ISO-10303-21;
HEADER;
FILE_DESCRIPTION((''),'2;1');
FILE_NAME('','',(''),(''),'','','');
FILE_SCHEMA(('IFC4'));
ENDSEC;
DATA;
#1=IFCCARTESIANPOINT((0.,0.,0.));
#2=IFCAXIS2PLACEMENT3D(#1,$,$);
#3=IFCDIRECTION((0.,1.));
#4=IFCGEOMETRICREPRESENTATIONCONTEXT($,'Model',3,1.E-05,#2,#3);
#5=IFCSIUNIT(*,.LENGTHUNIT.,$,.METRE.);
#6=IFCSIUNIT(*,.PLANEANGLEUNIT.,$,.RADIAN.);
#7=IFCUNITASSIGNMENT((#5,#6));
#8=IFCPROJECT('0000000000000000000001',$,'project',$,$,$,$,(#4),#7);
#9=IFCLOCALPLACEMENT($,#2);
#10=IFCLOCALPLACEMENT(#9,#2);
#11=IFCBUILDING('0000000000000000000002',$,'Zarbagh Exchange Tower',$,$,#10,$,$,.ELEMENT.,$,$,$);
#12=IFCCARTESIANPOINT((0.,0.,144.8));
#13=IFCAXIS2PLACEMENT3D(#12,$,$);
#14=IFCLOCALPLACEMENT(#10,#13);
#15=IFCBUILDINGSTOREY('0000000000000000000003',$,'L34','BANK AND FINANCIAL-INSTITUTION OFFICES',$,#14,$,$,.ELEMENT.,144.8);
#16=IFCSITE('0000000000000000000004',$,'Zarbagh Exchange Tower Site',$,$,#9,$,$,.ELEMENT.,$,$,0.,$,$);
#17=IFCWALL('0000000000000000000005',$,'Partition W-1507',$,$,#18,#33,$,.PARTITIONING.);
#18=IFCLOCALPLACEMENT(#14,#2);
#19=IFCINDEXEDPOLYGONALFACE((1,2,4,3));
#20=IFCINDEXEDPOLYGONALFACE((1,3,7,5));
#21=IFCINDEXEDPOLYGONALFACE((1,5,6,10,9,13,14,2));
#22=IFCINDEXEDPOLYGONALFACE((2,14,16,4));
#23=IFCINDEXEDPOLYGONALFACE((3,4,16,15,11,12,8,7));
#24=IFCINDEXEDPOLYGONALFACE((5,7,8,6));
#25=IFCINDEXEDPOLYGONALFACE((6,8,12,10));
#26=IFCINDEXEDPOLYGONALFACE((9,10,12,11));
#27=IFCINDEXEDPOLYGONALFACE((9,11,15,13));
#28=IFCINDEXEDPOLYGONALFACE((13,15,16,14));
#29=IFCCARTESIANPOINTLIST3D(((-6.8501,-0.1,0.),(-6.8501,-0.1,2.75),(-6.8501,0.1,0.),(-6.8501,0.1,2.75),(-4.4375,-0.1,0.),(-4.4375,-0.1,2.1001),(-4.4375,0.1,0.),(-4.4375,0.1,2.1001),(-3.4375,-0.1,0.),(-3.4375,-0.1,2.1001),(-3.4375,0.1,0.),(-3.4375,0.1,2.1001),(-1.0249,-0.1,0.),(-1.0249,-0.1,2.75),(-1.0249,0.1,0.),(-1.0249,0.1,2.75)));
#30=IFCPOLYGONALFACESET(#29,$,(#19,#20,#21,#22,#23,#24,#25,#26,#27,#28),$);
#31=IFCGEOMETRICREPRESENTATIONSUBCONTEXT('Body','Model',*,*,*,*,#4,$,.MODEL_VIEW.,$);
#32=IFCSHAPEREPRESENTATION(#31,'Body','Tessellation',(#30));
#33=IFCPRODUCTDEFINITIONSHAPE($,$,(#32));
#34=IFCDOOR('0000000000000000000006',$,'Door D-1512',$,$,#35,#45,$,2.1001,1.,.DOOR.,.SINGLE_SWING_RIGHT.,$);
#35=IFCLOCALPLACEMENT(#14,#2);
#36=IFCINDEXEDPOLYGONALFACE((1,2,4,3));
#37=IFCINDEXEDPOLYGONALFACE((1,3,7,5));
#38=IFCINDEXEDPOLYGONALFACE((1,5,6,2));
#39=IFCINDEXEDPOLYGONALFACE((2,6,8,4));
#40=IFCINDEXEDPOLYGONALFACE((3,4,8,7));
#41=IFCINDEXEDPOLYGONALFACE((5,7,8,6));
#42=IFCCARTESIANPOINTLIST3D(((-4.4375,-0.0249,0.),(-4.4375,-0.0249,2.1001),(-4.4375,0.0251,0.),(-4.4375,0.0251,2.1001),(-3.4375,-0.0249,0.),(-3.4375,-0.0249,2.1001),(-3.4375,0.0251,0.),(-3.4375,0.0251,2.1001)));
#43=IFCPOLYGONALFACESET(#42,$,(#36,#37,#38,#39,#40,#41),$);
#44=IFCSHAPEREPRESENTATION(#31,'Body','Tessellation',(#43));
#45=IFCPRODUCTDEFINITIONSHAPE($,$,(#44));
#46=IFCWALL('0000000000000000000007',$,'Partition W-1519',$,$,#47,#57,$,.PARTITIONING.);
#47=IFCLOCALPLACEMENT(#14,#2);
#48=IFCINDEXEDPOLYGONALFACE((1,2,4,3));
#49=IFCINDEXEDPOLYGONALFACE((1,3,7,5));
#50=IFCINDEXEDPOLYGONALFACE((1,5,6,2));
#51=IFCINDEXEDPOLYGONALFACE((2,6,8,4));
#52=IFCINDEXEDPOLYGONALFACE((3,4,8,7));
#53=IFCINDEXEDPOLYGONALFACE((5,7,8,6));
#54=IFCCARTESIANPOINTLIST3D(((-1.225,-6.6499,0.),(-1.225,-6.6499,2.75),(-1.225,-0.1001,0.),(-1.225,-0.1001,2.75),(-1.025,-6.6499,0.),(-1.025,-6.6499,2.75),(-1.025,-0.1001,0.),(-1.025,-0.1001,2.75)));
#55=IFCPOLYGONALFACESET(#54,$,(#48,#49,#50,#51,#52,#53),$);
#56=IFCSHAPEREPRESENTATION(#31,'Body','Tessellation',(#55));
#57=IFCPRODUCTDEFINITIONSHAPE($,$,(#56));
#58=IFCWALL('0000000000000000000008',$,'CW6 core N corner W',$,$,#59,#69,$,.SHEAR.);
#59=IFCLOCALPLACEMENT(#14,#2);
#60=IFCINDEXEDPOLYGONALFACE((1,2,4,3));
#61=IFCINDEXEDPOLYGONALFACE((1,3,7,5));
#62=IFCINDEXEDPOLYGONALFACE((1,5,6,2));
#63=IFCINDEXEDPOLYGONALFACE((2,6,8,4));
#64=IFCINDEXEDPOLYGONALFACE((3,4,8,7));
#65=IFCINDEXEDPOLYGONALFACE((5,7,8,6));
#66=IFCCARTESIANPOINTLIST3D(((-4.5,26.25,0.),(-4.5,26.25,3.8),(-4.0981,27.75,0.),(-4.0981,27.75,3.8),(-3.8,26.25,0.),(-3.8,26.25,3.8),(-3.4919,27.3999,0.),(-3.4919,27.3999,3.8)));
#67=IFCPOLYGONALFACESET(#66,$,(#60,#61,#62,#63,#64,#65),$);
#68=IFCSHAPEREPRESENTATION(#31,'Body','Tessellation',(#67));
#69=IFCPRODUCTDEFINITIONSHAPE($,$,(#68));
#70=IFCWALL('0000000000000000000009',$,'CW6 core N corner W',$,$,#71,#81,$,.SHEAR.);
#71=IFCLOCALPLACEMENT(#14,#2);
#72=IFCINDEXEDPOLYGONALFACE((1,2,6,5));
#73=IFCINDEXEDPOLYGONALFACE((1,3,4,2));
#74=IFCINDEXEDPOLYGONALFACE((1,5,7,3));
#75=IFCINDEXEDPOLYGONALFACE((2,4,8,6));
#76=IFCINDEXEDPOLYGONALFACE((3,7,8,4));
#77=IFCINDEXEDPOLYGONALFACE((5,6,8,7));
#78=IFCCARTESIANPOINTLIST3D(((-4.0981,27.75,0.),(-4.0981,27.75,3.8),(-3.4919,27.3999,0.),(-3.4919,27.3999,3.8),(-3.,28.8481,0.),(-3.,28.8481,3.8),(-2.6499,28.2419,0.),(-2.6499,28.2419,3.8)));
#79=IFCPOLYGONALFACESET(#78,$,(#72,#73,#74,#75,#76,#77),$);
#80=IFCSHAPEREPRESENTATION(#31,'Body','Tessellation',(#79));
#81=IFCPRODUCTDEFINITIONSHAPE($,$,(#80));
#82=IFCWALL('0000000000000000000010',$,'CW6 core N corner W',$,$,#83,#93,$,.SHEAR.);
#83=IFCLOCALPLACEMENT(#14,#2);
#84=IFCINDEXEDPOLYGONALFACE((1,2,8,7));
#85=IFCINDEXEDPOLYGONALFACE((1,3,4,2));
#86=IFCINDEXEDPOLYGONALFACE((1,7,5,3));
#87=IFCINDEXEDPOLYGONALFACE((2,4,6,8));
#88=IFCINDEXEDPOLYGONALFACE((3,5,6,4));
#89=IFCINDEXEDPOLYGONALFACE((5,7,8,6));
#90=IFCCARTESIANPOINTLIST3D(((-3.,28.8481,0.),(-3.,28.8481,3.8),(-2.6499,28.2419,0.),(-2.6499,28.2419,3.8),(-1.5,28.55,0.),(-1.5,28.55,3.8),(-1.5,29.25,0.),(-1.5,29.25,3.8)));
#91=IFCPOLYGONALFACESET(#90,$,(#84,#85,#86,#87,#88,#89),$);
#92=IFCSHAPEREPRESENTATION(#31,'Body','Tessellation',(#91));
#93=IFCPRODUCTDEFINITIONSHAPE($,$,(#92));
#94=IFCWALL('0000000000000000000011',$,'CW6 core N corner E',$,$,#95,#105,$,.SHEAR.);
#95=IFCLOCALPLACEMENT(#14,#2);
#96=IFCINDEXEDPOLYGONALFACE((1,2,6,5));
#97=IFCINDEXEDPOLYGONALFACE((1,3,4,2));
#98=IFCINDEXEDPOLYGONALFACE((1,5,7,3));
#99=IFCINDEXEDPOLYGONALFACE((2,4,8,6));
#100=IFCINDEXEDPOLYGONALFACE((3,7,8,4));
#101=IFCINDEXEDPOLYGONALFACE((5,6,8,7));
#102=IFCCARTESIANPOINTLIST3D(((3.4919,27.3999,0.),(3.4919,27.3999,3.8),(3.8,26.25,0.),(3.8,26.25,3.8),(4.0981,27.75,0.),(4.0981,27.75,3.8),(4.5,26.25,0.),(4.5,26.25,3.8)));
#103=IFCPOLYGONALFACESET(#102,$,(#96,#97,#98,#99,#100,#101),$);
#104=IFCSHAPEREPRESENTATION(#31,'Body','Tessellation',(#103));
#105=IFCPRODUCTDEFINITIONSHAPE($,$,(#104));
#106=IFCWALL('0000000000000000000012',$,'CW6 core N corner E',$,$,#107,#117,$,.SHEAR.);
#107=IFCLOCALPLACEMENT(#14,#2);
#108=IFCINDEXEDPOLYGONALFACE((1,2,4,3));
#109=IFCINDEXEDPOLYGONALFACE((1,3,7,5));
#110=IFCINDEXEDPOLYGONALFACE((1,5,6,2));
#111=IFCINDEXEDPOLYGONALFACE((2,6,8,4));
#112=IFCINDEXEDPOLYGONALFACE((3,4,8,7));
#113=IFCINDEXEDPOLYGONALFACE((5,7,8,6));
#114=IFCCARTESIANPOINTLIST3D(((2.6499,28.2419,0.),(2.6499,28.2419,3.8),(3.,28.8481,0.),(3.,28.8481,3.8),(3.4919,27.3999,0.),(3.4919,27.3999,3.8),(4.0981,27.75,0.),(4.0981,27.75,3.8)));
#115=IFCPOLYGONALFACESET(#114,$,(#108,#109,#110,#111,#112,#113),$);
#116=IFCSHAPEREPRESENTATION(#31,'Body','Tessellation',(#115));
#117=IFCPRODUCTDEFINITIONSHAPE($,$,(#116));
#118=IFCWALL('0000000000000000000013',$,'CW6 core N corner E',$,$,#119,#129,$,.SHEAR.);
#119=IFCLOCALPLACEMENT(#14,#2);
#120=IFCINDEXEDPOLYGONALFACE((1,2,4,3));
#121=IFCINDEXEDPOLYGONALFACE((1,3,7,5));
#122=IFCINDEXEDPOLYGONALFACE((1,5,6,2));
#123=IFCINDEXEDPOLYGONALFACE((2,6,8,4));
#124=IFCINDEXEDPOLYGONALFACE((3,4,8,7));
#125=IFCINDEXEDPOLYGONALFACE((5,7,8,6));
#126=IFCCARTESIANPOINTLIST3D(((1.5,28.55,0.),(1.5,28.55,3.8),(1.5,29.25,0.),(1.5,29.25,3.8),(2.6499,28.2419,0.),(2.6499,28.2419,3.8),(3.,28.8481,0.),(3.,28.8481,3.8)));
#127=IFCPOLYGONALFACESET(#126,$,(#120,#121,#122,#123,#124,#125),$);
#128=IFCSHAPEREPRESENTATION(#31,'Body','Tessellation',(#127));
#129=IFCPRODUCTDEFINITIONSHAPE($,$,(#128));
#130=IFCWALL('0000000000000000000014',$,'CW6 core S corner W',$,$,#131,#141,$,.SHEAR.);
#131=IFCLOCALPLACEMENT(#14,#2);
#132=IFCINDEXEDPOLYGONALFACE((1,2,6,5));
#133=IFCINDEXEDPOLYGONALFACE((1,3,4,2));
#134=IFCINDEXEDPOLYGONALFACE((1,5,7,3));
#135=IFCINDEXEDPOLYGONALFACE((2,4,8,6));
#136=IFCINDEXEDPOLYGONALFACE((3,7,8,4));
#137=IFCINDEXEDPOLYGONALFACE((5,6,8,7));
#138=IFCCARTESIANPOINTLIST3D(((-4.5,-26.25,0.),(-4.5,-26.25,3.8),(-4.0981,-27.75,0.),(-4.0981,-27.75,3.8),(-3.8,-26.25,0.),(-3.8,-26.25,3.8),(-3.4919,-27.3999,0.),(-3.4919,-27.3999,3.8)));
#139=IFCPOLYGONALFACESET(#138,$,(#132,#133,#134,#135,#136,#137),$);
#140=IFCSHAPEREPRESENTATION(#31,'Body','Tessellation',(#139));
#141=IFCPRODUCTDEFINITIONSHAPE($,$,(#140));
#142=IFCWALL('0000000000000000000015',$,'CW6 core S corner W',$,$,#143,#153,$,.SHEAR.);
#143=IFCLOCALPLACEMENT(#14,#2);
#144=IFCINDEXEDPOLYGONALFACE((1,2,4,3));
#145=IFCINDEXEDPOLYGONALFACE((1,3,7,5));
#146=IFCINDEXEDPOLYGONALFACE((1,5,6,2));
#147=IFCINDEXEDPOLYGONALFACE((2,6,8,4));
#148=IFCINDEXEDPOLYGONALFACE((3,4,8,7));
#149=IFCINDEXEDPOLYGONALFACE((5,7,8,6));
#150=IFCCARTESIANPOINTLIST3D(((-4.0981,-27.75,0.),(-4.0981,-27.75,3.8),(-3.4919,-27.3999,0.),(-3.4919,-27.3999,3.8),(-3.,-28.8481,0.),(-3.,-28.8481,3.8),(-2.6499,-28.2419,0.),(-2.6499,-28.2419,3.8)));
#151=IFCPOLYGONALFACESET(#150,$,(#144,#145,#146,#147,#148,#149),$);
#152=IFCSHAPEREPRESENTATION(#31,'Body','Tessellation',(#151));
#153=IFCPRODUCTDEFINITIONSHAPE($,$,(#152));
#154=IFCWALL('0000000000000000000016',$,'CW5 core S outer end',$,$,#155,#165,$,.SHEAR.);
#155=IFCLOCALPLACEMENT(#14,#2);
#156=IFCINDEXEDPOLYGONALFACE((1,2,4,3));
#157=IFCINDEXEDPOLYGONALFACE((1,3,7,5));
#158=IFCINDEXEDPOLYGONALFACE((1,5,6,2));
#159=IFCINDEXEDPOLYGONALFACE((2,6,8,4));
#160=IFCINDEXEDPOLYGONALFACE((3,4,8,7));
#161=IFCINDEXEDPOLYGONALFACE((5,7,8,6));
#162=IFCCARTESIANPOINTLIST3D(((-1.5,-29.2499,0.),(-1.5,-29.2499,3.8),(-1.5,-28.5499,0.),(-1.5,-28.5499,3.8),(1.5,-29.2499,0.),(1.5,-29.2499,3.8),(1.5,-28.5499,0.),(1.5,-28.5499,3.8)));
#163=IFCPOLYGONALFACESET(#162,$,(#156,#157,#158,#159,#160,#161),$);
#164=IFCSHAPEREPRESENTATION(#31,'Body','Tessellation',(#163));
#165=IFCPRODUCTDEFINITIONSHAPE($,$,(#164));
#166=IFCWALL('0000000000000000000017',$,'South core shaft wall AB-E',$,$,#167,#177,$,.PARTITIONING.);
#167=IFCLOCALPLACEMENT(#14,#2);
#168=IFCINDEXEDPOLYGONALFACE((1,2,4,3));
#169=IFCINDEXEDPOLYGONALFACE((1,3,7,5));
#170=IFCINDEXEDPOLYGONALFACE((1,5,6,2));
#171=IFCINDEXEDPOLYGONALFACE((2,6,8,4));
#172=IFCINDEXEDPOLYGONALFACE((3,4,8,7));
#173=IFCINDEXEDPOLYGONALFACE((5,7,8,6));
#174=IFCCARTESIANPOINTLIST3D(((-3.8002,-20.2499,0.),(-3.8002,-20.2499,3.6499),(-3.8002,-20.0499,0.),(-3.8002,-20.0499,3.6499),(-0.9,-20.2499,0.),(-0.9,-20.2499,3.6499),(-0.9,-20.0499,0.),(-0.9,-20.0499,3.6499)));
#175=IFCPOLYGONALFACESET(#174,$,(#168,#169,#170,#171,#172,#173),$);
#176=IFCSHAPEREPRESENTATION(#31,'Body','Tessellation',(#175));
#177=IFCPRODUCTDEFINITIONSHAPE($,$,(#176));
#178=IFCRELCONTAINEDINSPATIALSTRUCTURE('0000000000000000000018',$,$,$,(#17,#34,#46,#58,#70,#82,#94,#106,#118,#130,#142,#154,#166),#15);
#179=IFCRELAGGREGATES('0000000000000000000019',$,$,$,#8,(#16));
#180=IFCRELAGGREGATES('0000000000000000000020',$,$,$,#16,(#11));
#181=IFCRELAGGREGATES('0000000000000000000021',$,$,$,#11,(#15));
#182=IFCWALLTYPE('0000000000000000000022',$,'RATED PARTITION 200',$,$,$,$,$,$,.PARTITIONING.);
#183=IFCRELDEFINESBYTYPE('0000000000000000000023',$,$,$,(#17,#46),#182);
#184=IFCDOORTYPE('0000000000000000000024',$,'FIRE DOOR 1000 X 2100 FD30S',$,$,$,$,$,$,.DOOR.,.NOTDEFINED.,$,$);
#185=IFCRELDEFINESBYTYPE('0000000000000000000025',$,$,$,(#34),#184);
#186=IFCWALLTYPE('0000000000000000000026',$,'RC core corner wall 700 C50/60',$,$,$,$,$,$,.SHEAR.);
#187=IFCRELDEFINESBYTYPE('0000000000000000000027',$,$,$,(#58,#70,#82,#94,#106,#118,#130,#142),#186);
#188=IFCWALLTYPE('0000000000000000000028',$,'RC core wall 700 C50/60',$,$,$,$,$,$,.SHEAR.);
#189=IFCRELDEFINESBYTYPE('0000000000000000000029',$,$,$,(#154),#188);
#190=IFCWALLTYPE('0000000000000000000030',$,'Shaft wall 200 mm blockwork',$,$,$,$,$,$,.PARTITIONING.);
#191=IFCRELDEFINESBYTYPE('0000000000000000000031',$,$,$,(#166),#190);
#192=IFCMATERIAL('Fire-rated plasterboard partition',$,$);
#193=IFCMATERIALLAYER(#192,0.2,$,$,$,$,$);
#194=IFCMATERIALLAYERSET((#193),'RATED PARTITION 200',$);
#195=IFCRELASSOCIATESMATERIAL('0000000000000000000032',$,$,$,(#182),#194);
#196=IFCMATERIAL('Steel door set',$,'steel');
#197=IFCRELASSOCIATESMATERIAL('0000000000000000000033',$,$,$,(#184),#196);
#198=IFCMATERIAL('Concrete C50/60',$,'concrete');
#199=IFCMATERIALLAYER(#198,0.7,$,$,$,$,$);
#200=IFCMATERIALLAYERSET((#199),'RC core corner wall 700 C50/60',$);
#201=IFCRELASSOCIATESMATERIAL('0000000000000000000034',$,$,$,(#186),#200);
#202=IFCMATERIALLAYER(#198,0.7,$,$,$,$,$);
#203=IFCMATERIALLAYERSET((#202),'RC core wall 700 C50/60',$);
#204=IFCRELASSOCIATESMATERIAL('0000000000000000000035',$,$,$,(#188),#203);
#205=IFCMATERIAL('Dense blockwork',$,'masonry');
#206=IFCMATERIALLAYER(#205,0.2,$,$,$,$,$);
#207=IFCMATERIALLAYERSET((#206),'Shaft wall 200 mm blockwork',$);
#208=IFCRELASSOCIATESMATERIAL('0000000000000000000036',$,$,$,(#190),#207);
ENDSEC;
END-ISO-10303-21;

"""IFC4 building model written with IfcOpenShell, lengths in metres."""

from ifc_helpers import new_model, si_unit, direction, frame, frame_2d, origin, place, context, subcontext, project, spatial, polyline, rectangle, outline, extrude, material, layer, layer_set, type_object, element, fill, save


model = new_model("IFC4")

# Units and contexts
model_context = context("Model", 3, precision=1e-05, world=origin(), true_north=direction((0.0, 1.0)))
body_context = subcontext(model_context, "Body", "Model", "MODEL_VIEW")
ifc_project = project(units=[si_unit("LENGTHUNIT", "METRE"), si_unit("PLANEANGLEUNIT", "RADIAN")], contexts=[model_context])

# Site, building, storey
site_placement = place(None, origin())
site = spatial("IfcSite", under=ifc_project, at=site_placement, Name="Zarbagh Exchange Tower Site", CompositionType="ELEMENT", RefElevation=0.0)
building_placement = place(site_placement, origin())
building = spatial("IfcBuilding", under=site, at=building_placement, Name="Zarbagh Exchange Tower", CompositionType="ELEMENT")
storey_placement = place(building_placement, frame((0.0, 0.0, 144.8)))
storey = spatial("IfcBuildingStorey", under=building, at=storey_placement, Name="L34", Description="BANK AND FINANCIAL-INSTITUTION OFFICES", CompositionType="ELEMENT", Elevation=144.8)

# Shared definitions
ifc_material_1 = material(Name="Concrete C50/60", Category="concrete")

# Shared definitions
ifc_material_2 = material(Name="Dense blockwork", Category="masonry")

# Wall, opening, door
ifc_material_3 = material(Name="Fire-rated plasterboard partition")
ifc_layer_1 = layer(ifc_material_3, 0.2)
ifc_layer_set_1 = layer_set([ifc_layer_1], Name="RATED PARTITION 200")
wall_type_1 = type_object("IfcWallType", Name="RATED PARTITION 200", PredefinedType="PARTITIONING", material=ifc_layer_set_1)
wall_1_placement = place(storey_placement, frame((-1.0249, 0.0, 0.0), z_axis=(0.0, 0.0, 1.0), x_axis=(-1.0, 0.0, 0.0)))
wall_1 = element("IfcWall", 1, at=wall_1_placement, inside=storey, type_object=wall_type_1, Name="Partition W-1507", PredefinedType="PARTITIONING", context=body_context, shape_type="SweptSolid", body=[
    extrude(rectangle(XDim=5.8252, YDim=0.2, at=frame_2d((2.9126, 0.0))), origin(), (0.0, 0.0, 1.0), 2.75),
])
opening_1_placement = place(wall_1_placement, frame((2.4126, 0.0, 0.0)))
opening_1 = element("IfcOpeningElement", 2, at=opening_1_placement, cuts=wall_1, PredefinedType="OPENING", context=body_context, shape_type="SweptSolid", body=[
    extrude(rectangle(XDim=1.0, YDim=2.1001, at=frame_2d((0.5, 1.05))), frame((0.0, 0.1099, 0.0), z_axis=(0.0, -1.0, 0.0), x_axis=(1.0, 0.0, 0.0)), (0.0, 0.0, 1.0), 0.22),
])
ifc_material_4 = material(Name="Steel door set", Category="steel")
door_type_1 = type_object("IfcDoorType", Name="FIRE DOOR 1000 X 2100 FD30S", OperationType="NOTDEFINED", PredefinedType="DOOR", material=ifc_material_4)
door_1_placement = place(opening_1_placement, origin())
door_1 = element("IfcDoor", 3, at=door_1_placement, inside=storey, type_object=door_type_1, Name="Door D-1512", OperationType="SINGLE_SWING_RIGHT", OverallHeight=2.1001, OverallWidth=1.0, PredefinedType="DOOR", context=body_context, shape_type="SweptSolid", body=[
    extrude(rectangle(XDim=1.0, YDim=2.1001, at=frame_2d((0.5, 1.05))), frame((0.0, 0.0249, 0.0), z_axis=(0.0, -1.0, 0.0), x_axis=(1.0, 0.0, 0.0)), (0.0, 0.0, 1.0), 0.05),
])
fill(opening_1, door_1)

# Walls
wall_2_placement = place(storey_placement, frame((-1.125, -6.6499, 0.0), z_axis=(0.0, 0.0, 1.0), x_axis=(0.0, 1.0, 0.0)))
element("IfcWall", 4, at=wall_2_placement, inside=storey, type_object=wall_type_1, Name="Partition W-1519", PredefinedType="PARTITIONING", context=body_context, shape_type="SweptSolid", body=[
    extrude(rectangle(XDim=6.5498, YDim=0.2, at=frame_2d((3.2749, 0.0))), origin(), (0.0, 0.0, 1.0), 2.75),
])
ifc_layer_2 = layer(ifc_material_1, 0.7)
ifc_layer_set_2 = layer_set([ifc_layer_2], Name="RC core corner wall 700 C50/60")
wall_type_2 = type_object("IfcWallType", Name="RC core corner wall 700 C50/60", PredefinedType="SHEAR", material=ifc_layer_set_2)
wall_3_placement = place(storey_placement, origin())
element("IfcWall", 5, at=wall_3_placement, inside=storey, type_object=wall_type_2, Name="CW6 core N corner W", PredefinedType="SHEAR", context=body_context, shape_type="SweptSolid", body=[
    extrude(outline(polyline([(-4.5, 26.25), (-4.0981, 27.75), (-3.4919, 27.3999), (-3.8, 26.25), (-4.5, 26.25)])), origin(), (0.0, 0.0, 1.0), 3.8),
])
wall_4_placement = place(storey_placement, origin())
element("IfcWall", 6, at=wall_4_placement, inside=storey, type_object=wall_type_2, Name="CW6 core N corner W", PredefinedType="SHEAR", context=body_context, shape_type="SweptSolid", body=[
    extrude(outline(polyline([(-4.0981, 27.75), (-3.0, 28.8481), (-2.6499, 28.2419), (-3.4919, 27.3999), (-4.0981, 27.75)])), origin(), (0.0, 0.0, 1.0), 3.8),
])
wall_5_placement = place(storey_placement, origin())
element("IfcWall", 7, at=wall_5_placement, inside=storey, type_object=wall_type_2, Name="CW6 core N corner W", PredefinedType="SHEAR", context=body_context, shape_type="SweptSolid", body=[
    extrude(outline(polyline([(-3.0, 28.8481), (-1.5, 29.25), (-1.5, 28.55), (-2.6499, 28.2419), (-3.0, 28.8481)])), origin(), (0.0, 0.0, 1.0), 3.8),
])
wall_6_placement = place(storey_placement, origin())
element("IfcWall", 8, at=wall_6_placement, inside=storey, type_object=wall_type_2, Name="CW6 core N corner E", PredefinedType="SHEAR", context=body_context, shape_type="SweptSolid", body=[
    extrude(outline(polyline([(4.5, 26.25), (4.0981, 27.75), (3.4919, 27.3999), (3.8, 26.25), (4.5, 26.25)])), origin(), (0.0, 0.0, 1.0), 3.8),
])
wall_7_placement = place(storey_placement, origin())
element("IfcWall", 9, at=wall_7_placement, inside=storey, type_object=wall_type_2, Name="CW6 core N corner E", PredefinedType="SHEAR", context=body_context, shape_type="SweptSolid", body=[
    extrude(outline(polyline([(4.0981, 27.75), (3.0, 28.8481), (2.6499, 28.2419), (3.4919, 27.3999), (4.0981, 27.75)])), origin(), (0.0, 0.0, 1.0), 3.8),
])
wall_8_placement = place(storey_placement, origin())
element("IfcWall", 10, at=wall_8_placement, inside=storey, type_object=wall_type_2, Name="CW6 core N corner E", PredefinedType="SHEAR", context=body_context, shape_type="SweptSolid", body=[
    extrude(outline(polyline([(3.0, 28.8481), (1.5, 29.25), (1.5, 28.55), (2.6499, 28.2419), (3.0, 28.8481)])), origin(), (0.0, 0.0, 1.0), 3.8),
])
wall_9_placement = place(storey_placement, origin())
element("IfcWall", 11, at=wall_9_placement, inside=storey, type_object=wall_type_2, Name="CW6 core S corner W", PredefinedType="SHEAR", context=body_context, shape_type="SweptSolid", body=[
    extrude(outline(polyline([(-4.5, -26.25), (-4.0981, -27.75), (-3.4919, -27.3999), (-3.8, -26.25), (-4.5, -26.25)])), origin(), (0.0, 0.0, 1.0), 3.8),
])
wall_10_placement = place(storey_placement, origin())
element("IfcWall", 12, at=wall_10_placement, inside=storey, type_object=wall_type_2, Name="CW6 core S corner W", PredefinedType="SHEAR", context=body_context, shape_type="SweptSolid", body=[
    extrude(outline(polyline([(-4.0981, -27.75), (-3.0, -28.8481), (-2.6499, -28.2419), (-3.4919, -27.3999), (-4.0981, -27.75)])), origin(), (0.0, 0.0, 1.0), 3.8),
])
ifc_layer_3 = layer(ifc_material_1, 0.7)
ifc_layer_set_3 = layer_set([ifc_layer_3], Name="RC core wall 700 C50/60")
wall_type_3 = type_object("IfcWallType", Name="RC core wall 700 C50/60", PredefinedType="SHEAR", material=ifc_layer_set_3)
wall_11_placement = place(storey_placement, frame((-1.5, -28.8999, 0.0), z_axis=(0.0, 0.0, 1.0), x_axis=(1.0, 0.0, 0.0)))
element("IfcWall", 13, at=wall_11_placement, inside=storey, type_object=wall_type_3, Name="CW5 core S outer end", PredefinedType="SHEAR", context=body_context, shape_type="SweptSolid", body=[
    extrude(rectangle(XDim=3.0, YDim=0.7, at=frame_2d((1.5, 0.0))), origin(), (0.0, 0.0, 1.0), 3.8),
])
ifc_layer_4 = layer(ifc_material_2, 0.2)
ifc_layer_set_4 = layer_set([ifc_layer_4], Name="Shaft wall 200 mm blockwork")
wall_type_4 = type_object("IfcWallType", Name="Shaft wall 200 mm blockwork", PredefinedType="PARTITIONING", material=ifc_layer_set_4)
wall_12_placement = place(storey_placement, frame((-0.8999, -20.1499, 0.0), z_axis=(0.0, 0.0, 1.0), x_axis=(-1.0, 0.0, 0.0)))
element("IfcWall", 14, at=wall_12_placement, inside=storey, type_object=wall_type_4, Name="South core shaft wall AB-E", PredefinedType="PARTITIONING", context=body_context, shape_type="SweptSolid", body=[
    extrude(rectangle(XDim=2.9001, YDim=0.2, at=frame_2d((1.4502, 0.0))), origin(), (0.0, 0.0, 1.0), 3.6499),
])

save(model, "model.ifc")
